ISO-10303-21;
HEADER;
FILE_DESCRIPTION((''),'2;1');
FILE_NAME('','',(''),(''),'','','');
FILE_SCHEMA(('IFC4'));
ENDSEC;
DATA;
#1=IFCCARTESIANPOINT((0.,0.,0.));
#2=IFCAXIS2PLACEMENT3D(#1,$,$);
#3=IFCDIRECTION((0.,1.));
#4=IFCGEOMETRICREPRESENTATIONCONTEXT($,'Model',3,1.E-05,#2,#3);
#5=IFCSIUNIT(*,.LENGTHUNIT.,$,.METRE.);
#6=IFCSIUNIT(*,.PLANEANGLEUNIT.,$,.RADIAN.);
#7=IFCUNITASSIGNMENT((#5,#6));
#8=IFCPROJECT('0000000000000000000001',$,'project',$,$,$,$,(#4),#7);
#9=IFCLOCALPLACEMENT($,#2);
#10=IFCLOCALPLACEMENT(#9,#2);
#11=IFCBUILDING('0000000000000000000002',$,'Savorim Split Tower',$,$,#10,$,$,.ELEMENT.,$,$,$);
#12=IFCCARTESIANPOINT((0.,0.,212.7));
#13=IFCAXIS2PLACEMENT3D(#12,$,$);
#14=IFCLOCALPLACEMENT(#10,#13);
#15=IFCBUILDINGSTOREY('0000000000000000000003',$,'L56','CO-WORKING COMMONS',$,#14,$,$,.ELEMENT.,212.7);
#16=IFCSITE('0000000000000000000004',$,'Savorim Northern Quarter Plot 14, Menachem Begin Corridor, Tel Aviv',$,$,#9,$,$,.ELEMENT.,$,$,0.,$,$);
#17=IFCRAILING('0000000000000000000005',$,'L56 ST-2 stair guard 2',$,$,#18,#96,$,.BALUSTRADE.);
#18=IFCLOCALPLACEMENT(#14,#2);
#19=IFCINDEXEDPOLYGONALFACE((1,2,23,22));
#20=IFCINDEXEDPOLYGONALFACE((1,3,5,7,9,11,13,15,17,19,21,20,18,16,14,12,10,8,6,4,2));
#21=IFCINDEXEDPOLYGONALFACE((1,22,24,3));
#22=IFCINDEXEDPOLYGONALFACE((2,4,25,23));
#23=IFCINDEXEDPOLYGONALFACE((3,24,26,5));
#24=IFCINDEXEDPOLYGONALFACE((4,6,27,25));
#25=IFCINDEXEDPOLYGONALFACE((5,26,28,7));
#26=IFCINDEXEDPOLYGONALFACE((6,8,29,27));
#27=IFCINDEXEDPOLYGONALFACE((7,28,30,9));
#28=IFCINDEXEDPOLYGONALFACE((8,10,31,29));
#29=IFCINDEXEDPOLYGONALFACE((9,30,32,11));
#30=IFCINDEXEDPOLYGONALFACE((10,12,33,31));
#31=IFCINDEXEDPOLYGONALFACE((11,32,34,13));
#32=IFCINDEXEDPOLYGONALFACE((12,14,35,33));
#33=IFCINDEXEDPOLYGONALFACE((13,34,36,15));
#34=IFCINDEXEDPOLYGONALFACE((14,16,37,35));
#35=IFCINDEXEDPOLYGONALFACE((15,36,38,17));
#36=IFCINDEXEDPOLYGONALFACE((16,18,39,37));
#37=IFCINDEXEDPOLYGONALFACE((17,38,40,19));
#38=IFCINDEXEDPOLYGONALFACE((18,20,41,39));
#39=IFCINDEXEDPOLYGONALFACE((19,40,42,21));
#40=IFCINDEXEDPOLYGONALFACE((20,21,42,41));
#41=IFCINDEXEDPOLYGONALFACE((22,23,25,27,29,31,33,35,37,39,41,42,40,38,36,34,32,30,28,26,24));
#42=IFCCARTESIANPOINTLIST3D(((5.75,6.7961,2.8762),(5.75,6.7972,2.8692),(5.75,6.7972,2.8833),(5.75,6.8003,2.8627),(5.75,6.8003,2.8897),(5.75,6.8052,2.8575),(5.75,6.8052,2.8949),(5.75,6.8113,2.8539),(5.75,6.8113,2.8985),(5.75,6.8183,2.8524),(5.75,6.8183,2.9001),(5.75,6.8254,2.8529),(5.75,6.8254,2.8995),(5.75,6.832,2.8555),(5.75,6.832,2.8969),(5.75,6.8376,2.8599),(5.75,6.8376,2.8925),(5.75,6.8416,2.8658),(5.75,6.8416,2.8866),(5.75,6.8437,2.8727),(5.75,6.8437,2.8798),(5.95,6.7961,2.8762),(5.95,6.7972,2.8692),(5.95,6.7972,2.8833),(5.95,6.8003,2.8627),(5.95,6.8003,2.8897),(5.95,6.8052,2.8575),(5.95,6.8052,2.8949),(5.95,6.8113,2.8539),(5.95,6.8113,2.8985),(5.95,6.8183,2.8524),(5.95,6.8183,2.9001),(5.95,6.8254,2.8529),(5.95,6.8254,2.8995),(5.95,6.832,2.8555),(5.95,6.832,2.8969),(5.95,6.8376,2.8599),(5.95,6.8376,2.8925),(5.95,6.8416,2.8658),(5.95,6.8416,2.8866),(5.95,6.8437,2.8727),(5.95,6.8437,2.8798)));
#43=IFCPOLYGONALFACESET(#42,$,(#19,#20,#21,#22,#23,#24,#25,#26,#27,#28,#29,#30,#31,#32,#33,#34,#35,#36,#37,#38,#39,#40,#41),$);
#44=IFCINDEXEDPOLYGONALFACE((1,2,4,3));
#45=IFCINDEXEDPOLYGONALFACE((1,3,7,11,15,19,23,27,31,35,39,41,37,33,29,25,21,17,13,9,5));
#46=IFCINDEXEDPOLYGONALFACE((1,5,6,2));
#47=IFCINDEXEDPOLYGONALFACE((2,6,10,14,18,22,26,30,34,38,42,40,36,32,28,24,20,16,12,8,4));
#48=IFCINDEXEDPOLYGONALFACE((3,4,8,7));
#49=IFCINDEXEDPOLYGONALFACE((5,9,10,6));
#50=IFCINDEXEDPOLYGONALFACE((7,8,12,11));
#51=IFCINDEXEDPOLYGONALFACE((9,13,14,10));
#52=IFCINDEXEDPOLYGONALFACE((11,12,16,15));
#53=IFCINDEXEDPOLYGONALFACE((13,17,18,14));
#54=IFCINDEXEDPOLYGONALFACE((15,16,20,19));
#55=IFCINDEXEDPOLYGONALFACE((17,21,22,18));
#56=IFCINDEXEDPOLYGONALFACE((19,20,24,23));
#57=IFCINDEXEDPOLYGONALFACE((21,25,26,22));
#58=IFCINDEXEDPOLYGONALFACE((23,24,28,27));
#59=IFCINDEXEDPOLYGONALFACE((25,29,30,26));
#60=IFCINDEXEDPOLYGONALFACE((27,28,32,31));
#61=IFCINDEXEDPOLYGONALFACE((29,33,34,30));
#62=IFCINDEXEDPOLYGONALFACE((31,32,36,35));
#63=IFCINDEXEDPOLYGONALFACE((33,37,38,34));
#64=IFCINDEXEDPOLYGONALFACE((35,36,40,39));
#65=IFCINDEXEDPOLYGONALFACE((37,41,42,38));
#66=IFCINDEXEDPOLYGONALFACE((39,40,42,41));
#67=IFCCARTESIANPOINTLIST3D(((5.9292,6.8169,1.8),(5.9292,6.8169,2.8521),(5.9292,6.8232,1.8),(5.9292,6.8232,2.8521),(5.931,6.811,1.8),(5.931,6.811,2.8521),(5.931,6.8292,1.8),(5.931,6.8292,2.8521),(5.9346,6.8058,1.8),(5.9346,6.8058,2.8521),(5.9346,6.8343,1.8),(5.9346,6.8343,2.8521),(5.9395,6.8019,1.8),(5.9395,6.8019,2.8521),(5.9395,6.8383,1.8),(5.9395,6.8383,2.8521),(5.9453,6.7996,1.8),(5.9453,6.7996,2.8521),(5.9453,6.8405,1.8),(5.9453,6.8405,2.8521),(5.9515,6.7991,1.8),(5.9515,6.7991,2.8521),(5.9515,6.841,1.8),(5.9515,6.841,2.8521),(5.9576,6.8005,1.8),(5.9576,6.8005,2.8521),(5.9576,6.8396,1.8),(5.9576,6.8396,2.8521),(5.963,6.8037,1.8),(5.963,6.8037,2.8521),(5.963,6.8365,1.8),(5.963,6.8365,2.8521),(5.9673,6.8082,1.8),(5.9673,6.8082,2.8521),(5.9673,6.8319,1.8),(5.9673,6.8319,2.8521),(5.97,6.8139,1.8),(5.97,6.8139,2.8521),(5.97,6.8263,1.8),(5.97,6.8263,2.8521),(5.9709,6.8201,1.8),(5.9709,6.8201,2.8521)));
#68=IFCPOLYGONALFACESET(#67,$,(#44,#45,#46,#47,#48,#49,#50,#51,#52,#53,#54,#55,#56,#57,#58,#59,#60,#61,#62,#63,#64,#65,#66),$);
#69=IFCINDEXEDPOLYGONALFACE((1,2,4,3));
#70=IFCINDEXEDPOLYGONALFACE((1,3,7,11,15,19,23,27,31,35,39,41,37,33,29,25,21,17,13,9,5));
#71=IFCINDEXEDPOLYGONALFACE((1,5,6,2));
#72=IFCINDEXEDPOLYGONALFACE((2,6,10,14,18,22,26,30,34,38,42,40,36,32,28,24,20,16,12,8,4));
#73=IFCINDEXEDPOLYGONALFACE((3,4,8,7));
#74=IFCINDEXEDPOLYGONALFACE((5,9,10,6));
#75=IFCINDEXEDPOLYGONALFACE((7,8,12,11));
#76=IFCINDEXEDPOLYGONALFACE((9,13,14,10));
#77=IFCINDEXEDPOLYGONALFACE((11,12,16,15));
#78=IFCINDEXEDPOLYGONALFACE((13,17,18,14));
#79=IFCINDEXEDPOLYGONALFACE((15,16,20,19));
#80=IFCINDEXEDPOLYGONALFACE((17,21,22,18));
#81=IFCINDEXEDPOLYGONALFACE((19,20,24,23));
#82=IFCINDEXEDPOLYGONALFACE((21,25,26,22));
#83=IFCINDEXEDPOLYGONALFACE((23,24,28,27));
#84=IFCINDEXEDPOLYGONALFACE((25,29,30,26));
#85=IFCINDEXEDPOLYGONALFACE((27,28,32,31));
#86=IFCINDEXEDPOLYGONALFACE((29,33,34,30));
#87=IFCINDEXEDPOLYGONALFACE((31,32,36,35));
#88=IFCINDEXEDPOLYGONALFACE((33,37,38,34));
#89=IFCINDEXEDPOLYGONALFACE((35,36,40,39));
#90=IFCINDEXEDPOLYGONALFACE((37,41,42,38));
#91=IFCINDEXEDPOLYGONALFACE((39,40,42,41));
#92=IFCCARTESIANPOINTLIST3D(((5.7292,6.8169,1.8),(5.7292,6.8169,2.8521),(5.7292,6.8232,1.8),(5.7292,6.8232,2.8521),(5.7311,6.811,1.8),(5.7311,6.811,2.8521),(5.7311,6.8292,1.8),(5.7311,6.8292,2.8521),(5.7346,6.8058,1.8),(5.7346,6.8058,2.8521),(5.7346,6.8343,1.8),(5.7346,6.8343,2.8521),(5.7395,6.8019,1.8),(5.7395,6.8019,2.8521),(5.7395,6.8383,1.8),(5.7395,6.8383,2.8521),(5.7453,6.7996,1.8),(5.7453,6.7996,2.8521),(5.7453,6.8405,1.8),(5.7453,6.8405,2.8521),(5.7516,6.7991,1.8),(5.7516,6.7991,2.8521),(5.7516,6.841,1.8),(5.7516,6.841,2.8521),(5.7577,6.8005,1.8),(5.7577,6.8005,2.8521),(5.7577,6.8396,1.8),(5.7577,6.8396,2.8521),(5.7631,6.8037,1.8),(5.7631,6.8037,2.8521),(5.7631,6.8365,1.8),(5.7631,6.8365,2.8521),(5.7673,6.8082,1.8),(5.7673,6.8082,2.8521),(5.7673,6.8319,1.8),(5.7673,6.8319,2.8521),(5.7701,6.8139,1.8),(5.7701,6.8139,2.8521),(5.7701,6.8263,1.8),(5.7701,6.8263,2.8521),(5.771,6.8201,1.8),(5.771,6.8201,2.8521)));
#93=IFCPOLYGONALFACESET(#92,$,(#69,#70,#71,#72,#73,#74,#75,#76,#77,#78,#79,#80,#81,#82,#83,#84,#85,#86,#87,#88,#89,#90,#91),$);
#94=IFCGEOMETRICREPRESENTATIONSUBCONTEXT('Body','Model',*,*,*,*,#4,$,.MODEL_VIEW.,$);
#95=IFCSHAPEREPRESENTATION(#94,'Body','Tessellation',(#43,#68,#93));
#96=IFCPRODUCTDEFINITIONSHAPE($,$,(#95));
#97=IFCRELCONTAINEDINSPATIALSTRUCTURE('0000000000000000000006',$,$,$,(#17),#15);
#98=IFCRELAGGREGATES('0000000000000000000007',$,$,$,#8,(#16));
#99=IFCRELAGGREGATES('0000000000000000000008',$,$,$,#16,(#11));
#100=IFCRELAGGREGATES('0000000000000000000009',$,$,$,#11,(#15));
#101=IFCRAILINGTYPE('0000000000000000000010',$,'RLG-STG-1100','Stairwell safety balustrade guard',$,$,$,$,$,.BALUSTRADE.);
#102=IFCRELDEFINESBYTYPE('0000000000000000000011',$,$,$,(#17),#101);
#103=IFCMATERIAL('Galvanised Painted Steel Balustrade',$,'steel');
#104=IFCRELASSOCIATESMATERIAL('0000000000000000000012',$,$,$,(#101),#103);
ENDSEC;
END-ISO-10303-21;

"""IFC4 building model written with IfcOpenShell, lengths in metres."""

from ifc_helpers import new_model, si_unit, direction, frame, origin, origin_2d, place, context, subcontext, project, spatial, circle, extrude, material, type_object, element, save


model = new_model("IFC4")

# Units and contexts
model_context = context("Model", 3, precision=1e-05, world=origin(), true_north=direction((0.0, 1.0)))
body_context = subcontext(model_context, "Body", "Model", "MODEL_VIEW")
ifc_project = project(units=[si_unit("LENGTHUNIT", "METRE"), si_unit("PLANEANGLEUNIT", "RADIAN")], contexts=[model_context])

# Site, building, storey
site_placement = place(None, origin())
site = spatial("IfcSite", under=ifc_project, at=site_placement, Name="Savorim Northern Quarter Plot 14, Menachem Begin Corridor, Tel Aviv", CompositionType="ELEMENT", RefElevation=0.0)
building_placement = place(site_placement, origin())
building = spatial("IfcBuilding", under=site, at=building_placement, Name="Savorim Split Tower", CompositionType="ELEMENT")
storey_placement = place(building_placement, frame((0.0, 0.0, 212.7)))
storey = spatial("IfcBuildingStorey", under=building, at=storey_placement, Name="L56", Description="CO-WORKING COMMONS", CompositionType="ELEMENT", Elevation=212.7)

# Railing
ifc_material_1 = material(Name="Galvanised Painted Steel Balustrade", Category="steel")
railing_type_1 = type_object("IfcRailingType", Name="RLG-STG-1100", Description="Stairwell safety balustrade guard", PredefinedType="BALUSTRADE", material=ifc_material_1)
railing_1_placement = place(storey_placement, frame((5.95, 6.8201, 1.8)))
element("IfcRailing", 1, at=railing_1_placement, inside=storey, type_object=railing_type_1, Name="L56 ST-2 stair guard 2", PredefinedType="BALUSTRADE", context=body_context, shape_type="SweptSolid", body=[
    extrude(circle(Radius=0.0239, at=origin_2d()), frame((0.0, 0.0, 1.0762), z_axis=(-1.0, 0.0, 0.0), x_axis=(0.0, -1.0, 0.0)), (0.0, 0.0, 1.0), 0.2),
    extrude(circle(Radius=0.021, at=origin_2d()), origin(), (0.0, 0.0, 1.0), 1.052),
    extrude(circle(Radius=0.021, at=origin_2d()), frame((-0.2, 0.0, 0.0)), (0.0, 0.0, 1.0), 1.052),
])

save(model, "model.ifc")
